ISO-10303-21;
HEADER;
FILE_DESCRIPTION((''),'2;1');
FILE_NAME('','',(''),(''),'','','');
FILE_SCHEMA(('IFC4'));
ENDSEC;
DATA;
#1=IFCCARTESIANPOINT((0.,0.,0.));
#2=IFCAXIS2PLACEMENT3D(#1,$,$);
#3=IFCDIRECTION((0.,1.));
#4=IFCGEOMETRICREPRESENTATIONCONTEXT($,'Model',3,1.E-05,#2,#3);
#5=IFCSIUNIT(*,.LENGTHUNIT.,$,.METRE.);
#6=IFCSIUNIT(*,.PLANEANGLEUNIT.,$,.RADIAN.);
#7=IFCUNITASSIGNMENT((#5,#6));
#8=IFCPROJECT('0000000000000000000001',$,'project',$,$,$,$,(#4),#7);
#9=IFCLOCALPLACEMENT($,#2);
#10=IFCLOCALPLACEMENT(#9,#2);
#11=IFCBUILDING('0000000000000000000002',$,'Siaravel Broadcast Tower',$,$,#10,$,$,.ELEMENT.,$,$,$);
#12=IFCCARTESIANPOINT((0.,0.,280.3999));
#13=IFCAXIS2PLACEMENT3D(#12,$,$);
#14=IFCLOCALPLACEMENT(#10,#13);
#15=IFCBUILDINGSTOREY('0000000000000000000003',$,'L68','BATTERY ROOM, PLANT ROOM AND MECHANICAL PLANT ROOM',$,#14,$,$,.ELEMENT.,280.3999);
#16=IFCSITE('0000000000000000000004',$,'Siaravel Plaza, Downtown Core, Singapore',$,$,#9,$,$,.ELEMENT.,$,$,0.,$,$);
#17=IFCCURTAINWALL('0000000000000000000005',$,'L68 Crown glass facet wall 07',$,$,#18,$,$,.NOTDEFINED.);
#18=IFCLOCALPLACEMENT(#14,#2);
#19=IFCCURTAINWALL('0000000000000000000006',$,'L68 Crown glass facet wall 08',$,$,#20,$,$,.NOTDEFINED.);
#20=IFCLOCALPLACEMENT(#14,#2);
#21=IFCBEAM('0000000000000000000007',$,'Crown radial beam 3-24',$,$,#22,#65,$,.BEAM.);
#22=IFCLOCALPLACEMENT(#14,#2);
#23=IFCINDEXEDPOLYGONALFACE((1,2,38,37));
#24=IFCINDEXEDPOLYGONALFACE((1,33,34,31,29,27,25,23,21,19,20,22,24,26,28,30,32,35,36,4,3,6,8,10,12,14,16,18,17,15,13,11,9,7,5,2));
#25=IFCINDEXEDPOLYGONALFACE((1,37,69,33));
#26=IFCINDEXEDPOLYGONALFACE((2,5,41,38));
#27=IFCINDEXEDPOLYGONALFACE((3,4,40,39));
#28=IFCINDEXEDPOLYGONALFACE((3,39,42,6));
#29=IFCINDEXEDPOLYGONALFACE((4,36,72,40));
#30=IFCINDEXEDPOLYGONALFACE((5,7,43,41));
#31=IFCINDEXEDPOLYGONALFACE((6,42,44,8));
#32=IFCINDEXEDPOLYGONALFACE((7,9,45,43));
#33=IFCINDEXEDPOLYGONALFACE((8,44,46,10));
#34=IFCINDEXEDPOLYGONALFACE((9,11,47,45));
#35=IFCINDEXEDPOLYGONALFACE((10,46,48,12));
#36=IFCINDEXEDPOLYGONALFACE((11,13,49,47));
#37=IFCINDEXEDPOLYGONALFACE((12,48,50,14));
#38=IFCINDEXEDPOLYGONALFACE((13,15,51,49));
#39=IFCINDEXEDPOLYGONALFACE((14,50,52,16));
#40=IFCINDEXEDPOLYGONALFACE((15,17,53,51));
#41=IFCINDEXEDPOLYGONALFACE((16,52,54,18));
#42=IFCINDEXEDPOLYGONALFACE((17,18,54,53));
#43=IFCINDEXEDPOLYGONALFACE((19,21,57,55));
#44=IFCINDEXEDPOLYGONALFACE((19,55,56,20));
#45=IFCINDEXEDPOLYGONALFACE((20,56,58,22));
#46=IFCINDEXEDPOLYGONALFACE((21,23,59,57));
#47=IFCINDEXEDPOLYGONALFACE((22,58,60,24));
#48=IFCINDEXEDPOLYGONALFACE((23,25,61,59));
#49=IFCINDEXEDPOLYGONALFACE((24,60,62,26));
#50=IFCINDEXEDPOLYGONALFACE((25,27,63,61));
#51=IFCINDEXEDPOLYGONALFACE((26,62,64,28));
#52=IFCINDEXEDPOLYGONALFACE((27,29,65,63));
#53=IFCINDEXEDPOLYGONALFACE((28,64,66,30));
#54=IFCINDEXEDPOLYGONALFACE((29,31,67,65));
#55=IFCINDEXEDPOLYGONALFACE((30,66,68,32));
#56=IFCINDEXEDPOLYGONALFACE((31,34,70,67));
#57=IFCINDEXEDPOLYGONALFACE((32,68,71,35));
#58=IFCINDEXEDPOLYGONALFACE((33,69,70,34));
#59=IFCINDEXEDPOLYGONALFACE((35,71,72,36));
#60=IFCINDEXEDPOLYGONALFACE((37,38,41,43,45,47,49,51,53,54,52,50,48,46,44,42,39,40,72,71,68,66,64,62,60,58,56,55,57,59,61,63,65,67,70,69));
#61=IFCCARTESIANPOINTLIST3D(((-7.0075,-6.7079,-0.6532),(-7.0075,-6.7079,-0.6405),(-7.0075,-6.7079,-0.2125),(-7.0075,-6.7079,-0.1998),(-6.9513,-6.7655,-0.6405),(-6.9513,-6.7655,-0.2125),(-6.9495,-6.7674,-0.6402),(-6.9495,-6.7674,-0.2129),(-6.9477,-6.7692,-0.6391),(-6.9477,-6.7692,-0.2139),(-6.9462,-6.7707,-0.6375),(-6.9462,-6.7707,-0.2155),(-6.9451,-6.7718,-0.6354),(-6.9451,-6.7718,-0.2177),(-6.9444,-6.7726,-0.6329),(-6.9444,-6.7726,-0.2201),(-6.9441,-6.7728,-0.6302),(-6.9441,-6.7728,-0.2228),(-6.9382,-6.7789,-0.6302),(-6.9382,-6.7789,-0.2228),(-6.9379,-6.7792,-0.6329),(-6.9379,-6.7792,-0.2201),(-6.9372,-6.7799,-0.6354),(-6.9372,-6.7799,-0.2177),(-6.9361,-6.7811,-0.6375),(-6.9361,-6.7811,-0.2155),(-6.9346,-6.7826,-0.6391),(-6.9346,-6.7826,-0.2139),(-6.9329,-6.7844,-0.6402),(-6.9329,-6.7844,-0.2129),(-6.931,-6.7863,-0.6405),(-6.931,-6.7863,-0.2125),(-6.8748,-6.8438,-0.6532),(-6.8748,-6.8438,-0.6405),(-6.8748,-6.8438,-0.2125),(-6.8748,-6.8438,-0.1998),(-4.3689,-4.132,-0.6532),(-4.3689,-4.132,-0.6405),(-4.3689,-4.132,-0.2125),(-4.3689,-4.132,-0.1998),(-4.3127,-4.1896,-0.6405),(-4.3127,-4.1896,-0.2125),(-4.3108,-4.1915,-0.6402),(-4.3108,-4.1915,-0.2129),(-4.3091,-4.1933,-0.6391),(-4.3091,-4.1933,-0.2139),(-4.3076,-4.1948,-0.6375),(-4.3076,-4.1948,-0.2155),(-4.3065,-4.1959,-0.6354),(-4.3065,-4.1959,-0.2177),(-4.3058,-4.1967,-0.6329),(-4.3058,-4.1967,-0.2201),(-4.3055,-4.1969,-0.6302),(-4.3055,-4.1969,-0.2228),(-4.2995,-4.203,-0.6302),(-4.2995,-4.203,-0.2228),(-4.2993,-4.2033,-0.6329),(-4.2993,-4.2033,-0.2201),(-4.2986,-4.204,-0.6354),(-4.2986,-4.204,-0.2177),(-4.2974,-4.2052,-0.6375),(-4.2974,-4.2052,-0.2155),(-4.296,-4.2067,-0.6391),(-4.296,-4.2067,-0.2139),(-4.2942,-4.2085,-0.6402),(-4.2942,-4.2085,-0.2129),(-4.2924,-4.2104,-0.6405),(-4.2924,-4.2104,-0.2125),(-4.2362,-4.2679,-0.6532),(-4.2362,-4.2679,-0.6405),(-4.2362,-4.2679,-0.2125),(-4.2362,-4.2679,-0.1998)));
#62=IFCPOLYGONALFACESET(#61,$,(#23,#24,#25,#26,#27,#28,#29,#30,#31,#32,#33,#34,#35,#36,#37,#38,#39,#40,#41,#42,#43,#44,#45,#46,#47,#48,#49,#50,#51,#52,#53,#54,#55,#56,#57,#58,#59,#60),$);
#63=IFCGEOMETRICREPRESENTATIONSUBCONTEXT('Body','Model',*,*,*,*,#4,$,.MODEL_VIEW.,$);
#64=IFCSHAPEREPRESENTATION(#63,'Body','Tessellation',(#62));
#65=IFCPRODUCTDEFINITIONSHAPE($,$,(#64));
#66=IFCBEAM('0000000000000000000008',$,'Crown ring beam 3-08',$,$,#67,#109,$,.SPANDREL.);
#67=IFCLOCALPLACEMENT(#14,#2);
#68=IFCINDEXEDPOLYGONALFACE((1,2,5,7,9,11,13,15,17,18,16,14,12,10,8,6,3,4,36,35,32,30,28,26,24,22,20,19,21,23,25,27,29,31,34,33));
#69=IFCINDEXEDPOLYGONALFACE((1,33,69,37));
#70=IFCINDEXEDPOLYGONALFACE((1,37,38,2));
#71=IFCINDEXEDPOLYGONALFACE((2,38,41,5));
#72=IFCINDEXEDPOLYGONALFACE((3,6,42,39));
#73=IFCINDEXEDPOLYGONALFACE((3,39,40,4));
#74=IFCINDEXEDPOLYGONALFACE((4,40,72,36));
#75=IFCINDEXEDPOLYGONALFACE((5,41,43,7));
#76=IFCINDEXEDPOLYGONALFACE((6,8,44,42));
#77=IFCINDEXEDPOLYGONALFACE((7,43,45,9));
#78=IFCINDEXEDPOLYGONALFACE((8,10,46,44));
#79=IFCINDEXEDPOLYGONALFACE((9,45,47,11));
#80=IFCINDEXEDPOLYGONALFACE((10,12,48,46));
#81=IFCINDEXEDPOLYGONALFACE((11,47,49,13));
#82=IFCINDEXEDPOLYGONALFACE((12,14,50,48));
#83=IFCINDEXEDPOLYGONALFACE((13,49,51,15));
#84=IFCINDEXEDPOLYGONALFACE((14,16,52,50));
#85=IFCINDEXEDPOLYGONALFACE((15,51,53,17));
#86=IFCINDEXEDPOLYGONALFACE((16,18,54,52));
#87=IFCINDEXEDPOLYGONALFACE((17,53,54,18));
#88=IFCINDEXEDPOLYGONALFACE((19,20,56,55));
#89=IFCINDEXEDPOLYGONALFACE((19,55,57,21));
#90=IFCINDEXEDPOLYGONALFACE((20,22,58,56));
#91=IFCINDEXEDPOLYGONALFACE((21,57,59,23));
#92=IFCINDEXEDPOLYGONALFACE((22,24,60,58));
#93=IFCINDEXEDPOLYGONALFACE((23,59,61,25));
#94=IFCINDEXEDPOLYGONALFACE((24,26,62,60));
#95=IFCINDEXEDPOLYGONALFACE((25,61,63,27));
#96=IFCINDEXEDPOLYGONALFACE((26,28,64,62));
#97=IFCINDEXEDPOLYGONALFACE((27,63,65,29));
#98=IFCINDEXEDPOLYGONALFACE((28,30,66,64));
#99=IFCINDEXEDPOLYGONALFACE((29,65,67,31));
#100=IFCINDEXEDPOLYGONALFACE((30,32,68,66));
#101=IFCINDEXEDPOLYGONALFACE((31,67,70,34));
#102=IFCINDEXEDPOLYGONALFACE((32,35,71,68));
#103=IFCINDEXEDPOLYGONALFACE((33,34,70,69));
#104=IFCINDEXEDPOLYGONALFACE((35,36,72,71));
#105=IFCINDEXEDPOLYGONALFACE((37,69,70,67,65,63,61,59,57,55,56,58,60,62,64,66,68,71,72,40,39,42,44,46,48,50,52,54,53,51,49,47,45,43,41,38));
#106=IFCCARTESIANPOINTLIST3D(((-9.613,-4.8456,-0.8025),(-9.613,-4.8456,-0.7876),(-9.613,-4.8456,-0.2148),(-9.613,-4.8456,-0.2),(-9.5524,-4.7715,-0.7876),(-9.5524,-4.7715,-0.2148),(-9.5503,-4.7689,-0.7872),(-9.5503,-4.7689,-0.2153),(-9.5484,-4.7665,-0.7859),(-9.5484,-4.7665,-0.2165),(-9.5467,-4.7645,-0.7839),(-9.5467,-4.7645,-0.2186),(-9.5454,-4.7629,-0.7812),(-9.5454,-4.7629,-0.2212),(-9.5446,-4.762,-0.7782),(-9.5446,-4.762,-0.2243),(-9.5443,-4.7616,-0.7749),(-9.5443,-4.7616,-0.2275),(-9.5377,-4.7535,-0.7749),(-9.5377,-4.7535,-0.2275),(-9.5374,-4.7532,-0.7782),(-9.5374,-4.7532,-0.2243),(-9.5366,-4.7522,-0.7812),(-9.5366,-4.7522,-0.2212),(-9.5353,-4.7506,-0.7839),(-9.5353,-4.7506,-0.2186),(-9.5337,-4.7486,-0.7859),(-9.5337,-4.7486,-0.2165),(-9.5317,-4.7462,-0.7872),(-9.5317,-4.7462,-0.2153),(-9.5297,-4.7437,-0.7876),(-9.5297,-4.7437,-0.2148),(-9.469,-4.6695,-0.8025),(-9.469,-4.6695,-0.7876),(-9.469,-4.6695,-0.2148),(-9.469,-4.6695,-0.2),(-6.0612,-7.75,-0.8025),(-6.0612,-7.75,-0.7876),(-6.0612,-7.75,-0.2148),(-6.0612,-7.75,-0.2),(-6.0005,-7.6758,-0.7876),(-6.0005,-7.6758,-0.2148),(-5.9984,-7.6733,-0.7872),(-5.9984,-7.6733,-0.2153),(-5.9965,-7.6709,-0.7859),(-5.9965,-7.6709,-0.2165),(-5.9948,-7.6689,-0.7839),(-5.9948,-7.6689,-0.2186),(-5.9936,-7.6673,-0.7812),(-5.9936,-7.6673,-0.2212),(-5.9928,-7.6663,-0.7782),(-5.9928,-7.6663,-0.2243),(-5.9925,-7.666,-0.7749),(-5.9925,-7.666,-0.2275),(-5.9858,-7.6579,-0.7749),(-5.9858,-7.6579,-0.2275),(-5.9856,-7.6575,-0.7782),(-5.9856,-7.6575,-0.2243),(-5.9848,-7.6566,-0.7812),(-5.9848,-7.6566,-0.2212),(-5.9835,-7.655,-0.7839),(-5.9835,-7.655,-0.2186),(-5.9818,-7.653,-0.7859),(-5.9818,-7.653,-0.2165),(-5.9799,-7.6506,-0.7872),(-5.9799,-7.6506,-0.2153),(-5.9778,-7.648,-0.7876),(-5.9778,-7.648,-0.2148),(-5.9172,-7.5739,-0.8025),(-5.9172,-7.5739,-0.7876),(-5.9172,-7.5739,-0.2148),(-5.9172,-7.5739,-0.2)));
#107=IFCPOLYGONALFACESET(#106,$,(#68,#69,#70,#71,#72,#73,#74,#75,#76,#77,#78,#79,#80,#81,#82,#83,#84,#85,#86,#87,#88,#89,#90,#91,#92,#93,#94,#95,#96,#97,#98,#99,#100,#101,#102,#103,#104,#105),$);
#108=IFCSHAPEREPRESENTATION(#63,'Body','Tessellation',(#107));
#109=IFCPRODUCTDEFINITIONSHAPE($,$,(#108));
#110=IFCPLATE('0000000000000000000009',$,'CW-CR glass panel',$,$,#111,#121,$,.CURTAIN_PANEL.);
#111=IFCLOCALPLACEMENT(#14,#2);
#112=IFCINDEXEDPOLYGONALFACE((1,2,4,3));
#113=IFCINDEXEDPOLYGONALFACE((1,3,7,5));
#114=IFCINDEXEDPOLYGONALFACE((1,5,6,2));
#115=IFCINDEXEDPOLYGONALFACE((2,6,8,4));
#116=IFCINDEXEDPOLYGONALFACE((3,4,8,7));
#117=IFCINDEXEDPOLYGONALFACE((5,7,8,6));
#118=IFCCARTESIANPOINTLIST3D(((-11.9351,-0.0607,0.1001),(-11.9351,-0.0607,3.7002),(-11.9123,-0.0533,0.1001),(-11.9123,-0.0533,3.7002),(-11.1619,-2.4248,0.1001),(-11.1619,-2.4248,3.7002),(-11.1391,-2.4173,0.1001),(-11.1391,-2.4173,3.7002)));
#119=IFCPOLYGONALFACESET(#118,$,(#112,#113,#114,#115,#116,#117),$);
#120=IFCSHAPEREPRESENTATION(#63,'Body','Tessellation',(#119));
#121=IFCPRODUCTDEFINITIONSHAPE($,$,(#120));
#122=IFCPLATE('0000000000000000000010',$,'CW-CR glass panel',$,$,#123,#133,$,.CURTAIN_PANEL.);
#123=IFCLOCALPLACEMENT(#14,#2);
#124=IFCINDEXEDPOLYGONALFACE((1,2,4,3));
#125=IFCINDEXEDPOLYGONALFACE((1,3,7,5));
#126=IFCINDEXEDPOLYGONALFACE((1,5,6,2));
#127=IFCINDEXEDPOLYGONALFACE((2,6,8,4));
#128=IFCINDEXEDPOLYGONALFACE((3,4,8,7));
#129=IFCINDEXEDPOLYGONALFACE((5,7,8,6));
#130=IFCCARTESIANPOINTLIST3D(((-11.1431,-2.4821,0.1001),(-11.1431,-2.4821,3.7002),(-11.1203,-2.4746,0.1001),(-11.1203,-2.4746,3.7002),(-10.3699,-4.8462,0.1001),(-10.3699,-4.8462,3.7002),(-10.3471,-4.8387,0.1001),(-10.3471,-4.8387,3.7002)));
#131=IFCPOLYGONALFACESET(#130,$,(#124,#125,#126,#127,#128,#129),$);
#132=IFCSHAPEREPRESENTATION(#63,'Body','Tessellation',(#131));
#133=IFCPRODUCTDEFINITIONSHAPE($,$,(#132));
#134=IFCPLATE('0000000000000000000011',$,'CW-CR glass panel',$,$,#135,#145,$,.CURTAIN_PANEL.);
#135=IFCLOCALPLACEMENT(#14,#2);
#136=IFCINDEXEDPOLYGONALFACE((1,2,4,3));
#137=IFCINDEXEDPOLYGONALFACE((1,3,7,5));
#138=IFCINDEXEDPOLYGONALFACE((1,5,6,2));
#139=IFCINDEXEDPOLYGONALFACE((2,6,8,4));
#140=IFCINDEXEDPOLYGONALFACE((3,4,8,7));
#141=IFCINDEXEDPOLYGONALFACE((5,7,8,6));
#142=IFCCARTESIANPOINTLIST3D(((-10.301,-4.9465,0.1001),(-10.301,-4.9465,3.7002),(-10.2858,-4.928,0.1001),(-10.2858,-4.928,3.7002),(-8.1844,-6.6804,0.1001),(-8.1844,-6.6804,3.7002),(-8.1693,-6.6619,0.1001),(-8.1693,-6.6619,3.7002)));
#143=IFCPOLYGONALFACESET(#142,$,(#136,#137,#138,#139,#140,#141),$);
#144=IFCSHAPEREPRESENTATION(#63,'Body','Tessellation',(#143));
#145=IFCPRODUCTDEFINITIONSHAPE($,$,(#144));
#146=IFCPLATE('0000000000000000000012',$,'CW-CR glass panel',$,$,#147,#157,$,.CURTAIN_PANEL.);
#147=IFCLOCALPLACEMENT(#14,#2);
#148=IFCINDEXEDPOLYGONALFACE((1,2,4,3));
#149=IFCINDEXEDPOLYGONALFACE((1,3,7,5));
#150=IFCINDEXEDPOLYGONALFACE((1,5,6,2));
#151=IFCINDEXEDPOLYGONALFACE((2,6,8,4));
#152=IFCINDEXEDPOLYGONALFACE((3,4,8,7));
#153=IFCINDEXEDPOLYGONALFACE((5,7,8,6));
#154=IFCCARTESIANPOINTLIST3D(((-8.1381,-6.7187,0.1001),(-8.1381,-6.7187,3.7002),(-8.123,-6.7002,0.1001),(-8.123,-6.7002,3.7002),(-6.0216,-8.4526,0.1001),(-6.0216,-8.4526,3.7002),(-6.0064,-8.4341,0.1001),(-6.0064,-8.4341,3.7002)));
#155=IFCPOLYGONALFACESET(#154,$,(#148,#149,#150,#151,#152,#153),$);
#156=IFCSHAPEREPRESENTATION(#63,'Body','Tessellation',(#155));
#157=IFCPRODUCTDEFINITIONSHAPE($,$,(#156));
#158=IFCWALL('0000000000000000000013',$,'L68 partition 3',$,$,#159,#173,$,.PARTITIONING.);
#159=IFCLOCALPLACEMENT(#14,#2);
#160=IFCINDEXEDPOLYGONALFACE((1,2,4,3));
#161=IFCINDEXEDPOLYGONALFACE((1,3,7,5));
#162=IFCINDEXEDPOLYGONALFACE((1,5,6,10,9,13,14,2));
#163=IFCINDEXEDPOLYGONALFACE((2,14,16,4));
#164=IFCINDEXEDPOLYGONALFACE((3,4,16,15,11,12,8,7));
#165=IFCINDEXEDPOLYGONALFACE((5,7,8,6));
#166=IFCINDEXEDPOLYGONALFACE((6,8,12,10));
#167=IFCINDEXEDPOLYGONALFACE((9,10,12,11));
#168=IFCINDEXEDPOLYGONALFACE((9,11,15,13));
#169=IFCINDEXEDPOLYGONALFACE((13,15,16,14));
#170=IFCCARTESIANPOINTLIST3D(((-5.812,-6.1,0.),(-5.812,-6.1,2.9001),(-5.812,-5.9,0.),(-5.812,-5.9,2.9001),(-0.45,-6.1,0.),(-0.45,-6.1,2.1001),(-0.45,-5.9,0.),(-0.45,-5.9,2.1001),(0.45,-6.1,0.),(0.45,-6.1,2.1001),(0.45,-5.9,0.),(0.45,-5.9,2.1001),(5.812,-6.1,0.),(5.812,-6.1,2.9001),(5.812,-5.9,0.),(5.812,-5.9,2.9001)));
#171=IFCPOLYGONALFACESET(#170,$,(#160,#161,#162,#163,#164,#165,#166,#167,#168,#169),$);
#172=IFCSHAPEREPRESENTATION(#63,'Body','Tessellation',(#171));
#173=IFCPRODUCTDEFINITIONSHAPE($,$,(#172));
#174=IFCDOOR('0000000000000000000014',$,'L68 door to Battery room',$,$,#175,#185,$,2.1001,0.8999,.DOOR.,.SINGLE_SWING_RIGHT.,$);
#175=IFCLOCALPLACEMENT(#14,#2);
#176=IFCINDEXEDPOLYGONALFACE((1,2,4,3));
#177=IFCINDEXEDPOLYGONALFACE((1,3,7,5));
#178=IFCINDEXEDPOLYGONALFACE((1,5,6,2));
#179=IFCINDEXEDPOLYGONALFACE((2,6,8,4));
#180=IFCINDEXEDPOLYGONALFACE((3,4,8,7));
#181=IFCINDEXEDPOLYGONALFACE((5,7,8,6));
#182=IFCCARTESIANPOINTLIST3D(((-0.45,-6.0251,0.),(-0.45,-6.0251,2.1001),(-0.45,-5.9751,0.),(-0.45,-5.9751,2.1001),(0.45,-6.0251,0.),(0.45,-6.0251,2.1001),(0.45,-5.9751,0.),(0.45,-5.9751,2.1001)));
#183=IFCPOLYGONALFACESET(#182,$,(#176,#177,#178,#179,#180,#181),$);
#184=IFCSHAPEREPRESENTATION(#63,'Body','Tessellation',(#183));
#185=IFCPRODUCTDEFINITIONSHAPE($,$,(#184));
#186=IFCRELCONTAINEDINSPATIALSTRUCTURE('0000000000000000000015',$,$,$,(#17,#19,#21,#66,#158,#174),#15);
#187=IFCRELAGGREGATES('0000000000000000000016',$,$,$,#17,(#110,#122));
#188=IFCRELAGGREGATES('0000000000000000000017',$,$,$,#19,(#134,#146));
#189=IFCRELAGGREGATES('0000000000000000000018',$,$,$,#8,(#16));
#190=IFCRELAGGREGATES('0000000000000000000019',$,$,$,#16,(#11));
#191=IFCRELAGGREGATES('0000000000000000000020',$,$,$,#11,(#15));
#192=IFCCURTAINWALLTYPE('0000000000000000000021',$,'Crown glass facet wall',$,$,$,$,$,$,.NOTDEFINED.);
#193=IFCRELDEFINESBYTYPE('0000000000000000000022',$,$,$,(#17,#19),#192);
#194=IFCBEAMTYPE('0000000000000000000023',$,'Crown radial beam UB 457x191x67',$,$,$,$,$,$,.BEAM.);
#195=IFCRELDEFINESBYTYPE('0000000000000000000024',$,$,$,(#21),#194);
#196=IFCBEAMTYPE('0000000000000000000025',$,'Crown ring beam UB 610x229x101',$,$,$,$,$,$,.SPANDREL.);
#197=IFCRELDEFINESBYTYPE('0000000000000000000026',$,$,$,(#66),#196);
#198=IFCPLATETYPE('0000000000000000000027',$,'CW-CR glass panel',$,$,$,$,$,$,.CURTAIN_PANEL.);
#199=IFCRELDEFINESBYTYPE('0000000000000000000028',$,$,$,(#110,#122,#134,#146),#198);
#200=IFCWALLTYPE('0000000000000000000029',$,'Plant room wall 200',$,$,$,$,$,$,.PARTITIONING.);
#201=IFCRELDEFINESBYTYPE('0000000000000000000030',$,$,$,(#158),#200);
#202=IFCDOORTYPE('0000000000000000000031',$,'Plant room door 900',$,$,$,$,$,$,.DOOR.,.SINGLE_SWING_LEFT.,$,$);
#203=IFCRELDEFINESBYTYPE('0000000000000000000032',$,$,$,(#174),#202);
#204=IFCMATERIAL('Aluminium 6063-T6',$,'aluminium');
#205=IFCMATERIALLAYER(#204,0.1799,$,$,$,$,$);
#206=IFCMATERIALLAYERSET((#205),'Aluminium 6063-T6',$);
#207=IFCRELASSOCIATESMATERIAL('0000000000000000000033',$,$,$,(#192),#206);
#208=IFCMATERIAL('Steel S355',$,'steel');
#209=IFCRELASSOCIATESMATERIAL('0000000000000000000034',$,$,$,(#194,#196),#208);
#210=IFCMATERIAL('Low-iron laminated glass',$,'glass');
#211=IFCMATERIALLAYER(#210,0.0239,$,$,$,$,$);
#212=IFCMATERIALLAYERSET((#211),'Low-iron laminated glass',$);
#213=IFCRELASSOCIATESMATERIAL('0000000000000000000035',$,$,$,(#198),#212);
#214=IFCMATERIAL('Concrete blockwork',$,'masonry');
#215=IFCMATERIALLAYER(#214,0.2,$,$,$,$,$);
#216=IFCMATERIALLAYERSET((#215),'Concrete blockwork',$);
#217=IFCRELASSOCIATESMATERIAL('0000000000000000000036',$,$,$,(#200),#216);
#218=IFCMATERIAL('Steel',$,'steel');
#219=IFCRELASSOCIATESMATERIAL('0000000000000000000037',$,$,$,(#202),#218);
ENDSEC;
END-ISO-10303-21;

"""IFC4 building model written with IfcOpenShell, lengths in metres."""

from ifc_helpers import new_model, si_unit, direction, frame, frame_2d, origin, origin_2d, place, context, subcontext, project, spatial, rectangle, i_section, extrude, material, layer, layer_set, material_profile, profile_set, type_object, element, fill, aggregate, save


model = new_model("IFC4")

# Units and contexts
model_context = context("Model", 3, precision=1e-05, world=origin(), true_north=direction((0.0, 1.0)))
body_context = subcontext(model_context, "Body", "Model", "MODEL_VIEW")
ifc_project = project(units=[si_unit("LENGTHUNIT", "METRE"), si_unit("PLANEANGLEUNIT", "RADIAN")], contexts=[model_context])

# Site, building, storey
site_placement = place(None, origin())
site = spatial("IfcSite", under=ifc_project, at=site_placement, Name="Siaravel Plaza, Downtown Core, Singapore", CompositionType="ELEMENT", RefElevation=0.0)
building_placement = place(site_placement, origin())
building = spatial("IfcBuilding", under=site, at=building_placement, Name="Siaravel Broadcast Tower", CompositionType="ELEMENT")
storey_placement = place(building_placement, frame((0.0, 0.0, 280.3999)))
storey = spatial("IfcBuildingStorey", under=building, at=storey_placement, Name="L68", Description="BATTERY ROOM, PLANT ROOM AND MECHANICAL PLANT ROOM", CompositionType="ELEMENT", Elevation=280.3999)

# Curtain walls
ifc_material_1 = material(Name="Aluminium 6063-T6", Category="aluminium")
ifc_layer_1 = layer(ifc_material_1, 0.1799)
ifc_layer_set_1 = layer_set([ifc_layer_1], Name="Aluminium 6063-T6")
curtain_wall_type = type_object("IfcCurtainWallType", Name="Crown glass facet wall", PredefinedType="NOTDEFINED", material=ifc_layer_set_1)
curtain_wall_1_placement = place(storey_placement, origin())
curtain_wall_1 = element("IfcCurtainWall", 1, at=curtain_wall_1_placement, inside=storey, type_object=curtain_wall_type, Name="L68 Crown glass facet wall 07", PredefinedType="NOTDEFINED")
curtain_wall_2_placement = place(storey_placement, origin())
curtain_wall_2 = element("IfcCurtainWall", 2, at=curtain_wall_2_placement, inside=storey, type_object=curtain_wall_type, Name="L68 Crown glass facet wall 08", PredefinedType="NOTDEFINED")

# Beams
ifc_material_2 = material(Name="Steel S355", Category="steel")
ifc_material_profile_1 = material_profile(ifc_material_2, i_section(OverallWidth=0.1899, OverallDepth=0.4534, WebThickness=0.0085, FlangeThickness=0.0127, FilletRadius=0.0103, at=origin_2d()))
ifc_profile_set_1 = profile_set([ifc_material_profile_1], Name="Steel S355")
beam_type_1 = type_object("IfcBeamType", Name="Crown radial beam UB 457x191x67", PredefinedType="BEAM", material=ifc_profile_set_1)
beam_1_placement = place(storey_placement, frame((-6.9412, -6.7759, -0.4265), z_axis=(0.715563, 0.698548, 0.0), x_axis=(-0.698548, 0.715563, 0.0)))
element("IfcBeam", 3, at=beam_1_placement, inside=storey, type_object=beam_type_1, Name="Crown radial beam 3-24", PredefinedType="BEAM", context=body_context, shape_type="SweptSolid", body=[
    extrude(i_section(OverallWidth=0.1899, OverallDepth=0.4534, WebThickness=0.0085, FlangeThickness=0.0127, FilletRadius=0.0103, at=origin_2d()), origin(), (0.0, 0.0, 1.0), 3.6875),
])
ifc_material_profile_2 = material_profile(ifc_material_2, i_section(OverallWidth=0.2275, OverallDepth=0.6025, WebThickness=0.0105, FlangeThickness=0.0149, FilletRadius=0.0127, at=origin_2d()))
ifc_profile_set_2 = profile_set([ifc_material_profile_2], Name="Steel S355")
beam_type_2 = type_object("IfcBeamType", Name="Crown ring beam UB 610x229x101", PredefinedType="SPANDREL", material=ifc_profile_set_2)
beam_2_placement = place(storey_placement, frame((-9.541, -4.7576, -0.5012), z_axis=(0.774137, -0.633018, 0.0), x_axis=(0.633018, 0.774137, 0.0)))
element("IfcBeam", 4, at=beam_2_placement, inside=storey, type_object=beam_type_2, Name="Crown ring beam 3-08", PredefinedType="SPANDREL", context=body_context, shape_type="SweptSolid", body=[
    extrude(i_section(OverallWidth=0.2275, OverallDepth=0.6025, WebThickness=0.0105, FlangeThickness=0.0149, FilletRadius=0.0127, at=origin_2d()), origin(), (0.0, 0.0, 1.0), 4.5881),
])

# Plates
ifc_material_3 = material(Name="Low-iron laminated glass", Category="glass")
ifc_layer_2 = layer(ifc_material_3, 0.0239)
ifc_layer_set_2 = layer_set([ifc_layer_2], Name="Low-iron laminated glass")
plate_type = type_object("IfcPlateType", Name="CW-CR glass panel", PredefinedType="CURTAIN_PANEL", material=ifc_layer_set_2)
plate_1_placement = place(storey_placement, frame((-11.5371, -1.239, 0.1001), z_axis=(0.0, 0.0, 1.0), x_axis=(0.310859, -0.950456, 0.0)))
plate_1 = element("IfcPlate", 5, at=plate_1_placement, type_object=plate_type, Name="CW-CR glass panel", PredefinedType="CURTAIN_PANEL", context=body_context, shape_type="SweptSolid", body=[
    extrude(rectangle(XDim=2.4873, YDim=0.0239, at=origin_2d()), origin(), (0.0, 0.0, 1.0), 3.6001),
])
plate_2_placement = place(storey_placement, frame((-10.7451, -3.6604, 0.1001), z_axis=(0.0, 0.0, 1.0), x_axis=(0.310859, -0.950456, 0.0)))
plate_2 = element("IfcPlate", 6, at=plate_2_placement, type_object=plate_type, Name="CW-CR glass panel", PredefinedType="CURTAIN_PANEL", context=body_context, shape_type="SweptSolid", body=[
    extrude(rectangle(XDim=2.4873, YDim=0.0239, at=origin_2d()), origin(), (0.0, 0.0, 1.0), 3.6001),
])
aggregate(curtain_wall_1, [plate_1, plate_2])
plate_3_placement = place(storey_placement, frame((-9.2351, -5.8042, 0.1001), z_axis=(0.0, 0.0, 1.0), x_axis=(0.773568, -0.633713, 0.0)))
plate_3 = element("IfcPlate", 7, at=plate_3_placement, type_object=plate_type, Name="CW-CR glass panel", PredefinedType="CURTAIN_PANEL", context=body_context, shape_type="SweptSolid", body=[
    extrude(rectangle(XDim=2.7361, YDim=0.0239, at=origin_2d()), origin(), (0.0, 0.0, 1.0), 3.6001),
])
plate_4_placement = place(storey_placement, frame((-7.0723, -7.5764, 0.1001), z_axis=(0.0, 0.0, 1.0), x_axis=(0.773568, -0.633713, 0.0)))
plate_4 = element("IfcPlate", 8, at=plate_4_placement, type_object=plate_type, Name="CW-CR glass panel", PredefinedType="CURTAIN_PANEL", context=body_context, shape_type="SweptSolid", body=[
    extrude(rectangle(XDim=2.7361, YDim=0.0239, at=origin_2d()), origin(), (0.0, 0.0, 1.0), 3.6001),
])
aggregate(curtain_wall_2, [plate_3, plate_4])

# Wall, opening, door
ifc_material_4 = material(Name="Concrete blockwork", Category="masonry")
ifc_layer_3 = layer(ifc_material_4, 0.2)
ifc_layer_set_3 = layer_set([ifc_layer_3], Name="Concrete blockwork")
wall_type = type_object("IfcWallType", Name="Plant room wall 200", PredefinedType="PARTITIONING", material=ifc_layer_set_3)
wall_1_placement = place(storey_placement, frame((-5.812, -6.0, 0.0), z_axis=(0.0, 0.0, 1.0), x_axis=(1.0, 0.0, 0.0)))
wall_1 = element("IfcWall", 9, at=wall_1_placement, inside=storey, type_object=wall_type, Name="L68 partition 3", PredefinedType="PARTITIONING", context=body_context, shape_type="SweptSolid", body=[
    extrude(rectangle(XDim=11.624, YDim=0.2, at=frame_2d((5.812, 0.0))), origin(), (0.0, 0.0, 1.0), 2.9001),
])
opening_placement = place(wall_1_placement, frame((5.3621, 0.0, 0.0)))
opening = element("IfcOpeningElement", 10, at=opening_placement, cuts=wall_1, PredefinedType="OPENING", context=body_context, shape_type="SweptSolid", body=[
    extrude(rectangle(XDim=0.8999, YDim=2.1001, at=frame_2d((0.45, 1.05))), frame((0.0, 0.1099, 0.0), z_axis=(0.0, -1.0, 0.0), x_axis=(1.0, 0.0, 0.0)), (0.0, 0.0, 1.0), 0.22),
])
ifc_material_5 = material(Name="Steel", Category="steel")
door_type = type_object("IfcDoorType", Name="Plant room door 900", OperationType="SINGLE_SWING_LEFT", PredefinedType="DOOR", material=ifc_material_5)
door_placement = place(opening_placement, origin())
door = element("IfcDoor", 11, at=door_placement, inside=storey, type_object=door_type, Name="L68 door to Battery room", OperationType="SINGLE_SWING_RIGHT", OverallHeight=2.1001, OverallWidth=0.8999, PredefinedType="DOOR", context=body_context, shape_type="SweptSolid", body=[
    extrude(rectangle(XDim=0.8999, YDim=2.1001, at=frame_2d((0.45, 1.05))), frame((0.0, 0.0249, 0.0), z_axis=(0.0, -1.0, 0.0), x_axis=(1.0, 0.0, 0.0)), (0.0, 0.0, 1.0), 0.05),
])
fill(opening, door)

save(model, "model.ifc")
